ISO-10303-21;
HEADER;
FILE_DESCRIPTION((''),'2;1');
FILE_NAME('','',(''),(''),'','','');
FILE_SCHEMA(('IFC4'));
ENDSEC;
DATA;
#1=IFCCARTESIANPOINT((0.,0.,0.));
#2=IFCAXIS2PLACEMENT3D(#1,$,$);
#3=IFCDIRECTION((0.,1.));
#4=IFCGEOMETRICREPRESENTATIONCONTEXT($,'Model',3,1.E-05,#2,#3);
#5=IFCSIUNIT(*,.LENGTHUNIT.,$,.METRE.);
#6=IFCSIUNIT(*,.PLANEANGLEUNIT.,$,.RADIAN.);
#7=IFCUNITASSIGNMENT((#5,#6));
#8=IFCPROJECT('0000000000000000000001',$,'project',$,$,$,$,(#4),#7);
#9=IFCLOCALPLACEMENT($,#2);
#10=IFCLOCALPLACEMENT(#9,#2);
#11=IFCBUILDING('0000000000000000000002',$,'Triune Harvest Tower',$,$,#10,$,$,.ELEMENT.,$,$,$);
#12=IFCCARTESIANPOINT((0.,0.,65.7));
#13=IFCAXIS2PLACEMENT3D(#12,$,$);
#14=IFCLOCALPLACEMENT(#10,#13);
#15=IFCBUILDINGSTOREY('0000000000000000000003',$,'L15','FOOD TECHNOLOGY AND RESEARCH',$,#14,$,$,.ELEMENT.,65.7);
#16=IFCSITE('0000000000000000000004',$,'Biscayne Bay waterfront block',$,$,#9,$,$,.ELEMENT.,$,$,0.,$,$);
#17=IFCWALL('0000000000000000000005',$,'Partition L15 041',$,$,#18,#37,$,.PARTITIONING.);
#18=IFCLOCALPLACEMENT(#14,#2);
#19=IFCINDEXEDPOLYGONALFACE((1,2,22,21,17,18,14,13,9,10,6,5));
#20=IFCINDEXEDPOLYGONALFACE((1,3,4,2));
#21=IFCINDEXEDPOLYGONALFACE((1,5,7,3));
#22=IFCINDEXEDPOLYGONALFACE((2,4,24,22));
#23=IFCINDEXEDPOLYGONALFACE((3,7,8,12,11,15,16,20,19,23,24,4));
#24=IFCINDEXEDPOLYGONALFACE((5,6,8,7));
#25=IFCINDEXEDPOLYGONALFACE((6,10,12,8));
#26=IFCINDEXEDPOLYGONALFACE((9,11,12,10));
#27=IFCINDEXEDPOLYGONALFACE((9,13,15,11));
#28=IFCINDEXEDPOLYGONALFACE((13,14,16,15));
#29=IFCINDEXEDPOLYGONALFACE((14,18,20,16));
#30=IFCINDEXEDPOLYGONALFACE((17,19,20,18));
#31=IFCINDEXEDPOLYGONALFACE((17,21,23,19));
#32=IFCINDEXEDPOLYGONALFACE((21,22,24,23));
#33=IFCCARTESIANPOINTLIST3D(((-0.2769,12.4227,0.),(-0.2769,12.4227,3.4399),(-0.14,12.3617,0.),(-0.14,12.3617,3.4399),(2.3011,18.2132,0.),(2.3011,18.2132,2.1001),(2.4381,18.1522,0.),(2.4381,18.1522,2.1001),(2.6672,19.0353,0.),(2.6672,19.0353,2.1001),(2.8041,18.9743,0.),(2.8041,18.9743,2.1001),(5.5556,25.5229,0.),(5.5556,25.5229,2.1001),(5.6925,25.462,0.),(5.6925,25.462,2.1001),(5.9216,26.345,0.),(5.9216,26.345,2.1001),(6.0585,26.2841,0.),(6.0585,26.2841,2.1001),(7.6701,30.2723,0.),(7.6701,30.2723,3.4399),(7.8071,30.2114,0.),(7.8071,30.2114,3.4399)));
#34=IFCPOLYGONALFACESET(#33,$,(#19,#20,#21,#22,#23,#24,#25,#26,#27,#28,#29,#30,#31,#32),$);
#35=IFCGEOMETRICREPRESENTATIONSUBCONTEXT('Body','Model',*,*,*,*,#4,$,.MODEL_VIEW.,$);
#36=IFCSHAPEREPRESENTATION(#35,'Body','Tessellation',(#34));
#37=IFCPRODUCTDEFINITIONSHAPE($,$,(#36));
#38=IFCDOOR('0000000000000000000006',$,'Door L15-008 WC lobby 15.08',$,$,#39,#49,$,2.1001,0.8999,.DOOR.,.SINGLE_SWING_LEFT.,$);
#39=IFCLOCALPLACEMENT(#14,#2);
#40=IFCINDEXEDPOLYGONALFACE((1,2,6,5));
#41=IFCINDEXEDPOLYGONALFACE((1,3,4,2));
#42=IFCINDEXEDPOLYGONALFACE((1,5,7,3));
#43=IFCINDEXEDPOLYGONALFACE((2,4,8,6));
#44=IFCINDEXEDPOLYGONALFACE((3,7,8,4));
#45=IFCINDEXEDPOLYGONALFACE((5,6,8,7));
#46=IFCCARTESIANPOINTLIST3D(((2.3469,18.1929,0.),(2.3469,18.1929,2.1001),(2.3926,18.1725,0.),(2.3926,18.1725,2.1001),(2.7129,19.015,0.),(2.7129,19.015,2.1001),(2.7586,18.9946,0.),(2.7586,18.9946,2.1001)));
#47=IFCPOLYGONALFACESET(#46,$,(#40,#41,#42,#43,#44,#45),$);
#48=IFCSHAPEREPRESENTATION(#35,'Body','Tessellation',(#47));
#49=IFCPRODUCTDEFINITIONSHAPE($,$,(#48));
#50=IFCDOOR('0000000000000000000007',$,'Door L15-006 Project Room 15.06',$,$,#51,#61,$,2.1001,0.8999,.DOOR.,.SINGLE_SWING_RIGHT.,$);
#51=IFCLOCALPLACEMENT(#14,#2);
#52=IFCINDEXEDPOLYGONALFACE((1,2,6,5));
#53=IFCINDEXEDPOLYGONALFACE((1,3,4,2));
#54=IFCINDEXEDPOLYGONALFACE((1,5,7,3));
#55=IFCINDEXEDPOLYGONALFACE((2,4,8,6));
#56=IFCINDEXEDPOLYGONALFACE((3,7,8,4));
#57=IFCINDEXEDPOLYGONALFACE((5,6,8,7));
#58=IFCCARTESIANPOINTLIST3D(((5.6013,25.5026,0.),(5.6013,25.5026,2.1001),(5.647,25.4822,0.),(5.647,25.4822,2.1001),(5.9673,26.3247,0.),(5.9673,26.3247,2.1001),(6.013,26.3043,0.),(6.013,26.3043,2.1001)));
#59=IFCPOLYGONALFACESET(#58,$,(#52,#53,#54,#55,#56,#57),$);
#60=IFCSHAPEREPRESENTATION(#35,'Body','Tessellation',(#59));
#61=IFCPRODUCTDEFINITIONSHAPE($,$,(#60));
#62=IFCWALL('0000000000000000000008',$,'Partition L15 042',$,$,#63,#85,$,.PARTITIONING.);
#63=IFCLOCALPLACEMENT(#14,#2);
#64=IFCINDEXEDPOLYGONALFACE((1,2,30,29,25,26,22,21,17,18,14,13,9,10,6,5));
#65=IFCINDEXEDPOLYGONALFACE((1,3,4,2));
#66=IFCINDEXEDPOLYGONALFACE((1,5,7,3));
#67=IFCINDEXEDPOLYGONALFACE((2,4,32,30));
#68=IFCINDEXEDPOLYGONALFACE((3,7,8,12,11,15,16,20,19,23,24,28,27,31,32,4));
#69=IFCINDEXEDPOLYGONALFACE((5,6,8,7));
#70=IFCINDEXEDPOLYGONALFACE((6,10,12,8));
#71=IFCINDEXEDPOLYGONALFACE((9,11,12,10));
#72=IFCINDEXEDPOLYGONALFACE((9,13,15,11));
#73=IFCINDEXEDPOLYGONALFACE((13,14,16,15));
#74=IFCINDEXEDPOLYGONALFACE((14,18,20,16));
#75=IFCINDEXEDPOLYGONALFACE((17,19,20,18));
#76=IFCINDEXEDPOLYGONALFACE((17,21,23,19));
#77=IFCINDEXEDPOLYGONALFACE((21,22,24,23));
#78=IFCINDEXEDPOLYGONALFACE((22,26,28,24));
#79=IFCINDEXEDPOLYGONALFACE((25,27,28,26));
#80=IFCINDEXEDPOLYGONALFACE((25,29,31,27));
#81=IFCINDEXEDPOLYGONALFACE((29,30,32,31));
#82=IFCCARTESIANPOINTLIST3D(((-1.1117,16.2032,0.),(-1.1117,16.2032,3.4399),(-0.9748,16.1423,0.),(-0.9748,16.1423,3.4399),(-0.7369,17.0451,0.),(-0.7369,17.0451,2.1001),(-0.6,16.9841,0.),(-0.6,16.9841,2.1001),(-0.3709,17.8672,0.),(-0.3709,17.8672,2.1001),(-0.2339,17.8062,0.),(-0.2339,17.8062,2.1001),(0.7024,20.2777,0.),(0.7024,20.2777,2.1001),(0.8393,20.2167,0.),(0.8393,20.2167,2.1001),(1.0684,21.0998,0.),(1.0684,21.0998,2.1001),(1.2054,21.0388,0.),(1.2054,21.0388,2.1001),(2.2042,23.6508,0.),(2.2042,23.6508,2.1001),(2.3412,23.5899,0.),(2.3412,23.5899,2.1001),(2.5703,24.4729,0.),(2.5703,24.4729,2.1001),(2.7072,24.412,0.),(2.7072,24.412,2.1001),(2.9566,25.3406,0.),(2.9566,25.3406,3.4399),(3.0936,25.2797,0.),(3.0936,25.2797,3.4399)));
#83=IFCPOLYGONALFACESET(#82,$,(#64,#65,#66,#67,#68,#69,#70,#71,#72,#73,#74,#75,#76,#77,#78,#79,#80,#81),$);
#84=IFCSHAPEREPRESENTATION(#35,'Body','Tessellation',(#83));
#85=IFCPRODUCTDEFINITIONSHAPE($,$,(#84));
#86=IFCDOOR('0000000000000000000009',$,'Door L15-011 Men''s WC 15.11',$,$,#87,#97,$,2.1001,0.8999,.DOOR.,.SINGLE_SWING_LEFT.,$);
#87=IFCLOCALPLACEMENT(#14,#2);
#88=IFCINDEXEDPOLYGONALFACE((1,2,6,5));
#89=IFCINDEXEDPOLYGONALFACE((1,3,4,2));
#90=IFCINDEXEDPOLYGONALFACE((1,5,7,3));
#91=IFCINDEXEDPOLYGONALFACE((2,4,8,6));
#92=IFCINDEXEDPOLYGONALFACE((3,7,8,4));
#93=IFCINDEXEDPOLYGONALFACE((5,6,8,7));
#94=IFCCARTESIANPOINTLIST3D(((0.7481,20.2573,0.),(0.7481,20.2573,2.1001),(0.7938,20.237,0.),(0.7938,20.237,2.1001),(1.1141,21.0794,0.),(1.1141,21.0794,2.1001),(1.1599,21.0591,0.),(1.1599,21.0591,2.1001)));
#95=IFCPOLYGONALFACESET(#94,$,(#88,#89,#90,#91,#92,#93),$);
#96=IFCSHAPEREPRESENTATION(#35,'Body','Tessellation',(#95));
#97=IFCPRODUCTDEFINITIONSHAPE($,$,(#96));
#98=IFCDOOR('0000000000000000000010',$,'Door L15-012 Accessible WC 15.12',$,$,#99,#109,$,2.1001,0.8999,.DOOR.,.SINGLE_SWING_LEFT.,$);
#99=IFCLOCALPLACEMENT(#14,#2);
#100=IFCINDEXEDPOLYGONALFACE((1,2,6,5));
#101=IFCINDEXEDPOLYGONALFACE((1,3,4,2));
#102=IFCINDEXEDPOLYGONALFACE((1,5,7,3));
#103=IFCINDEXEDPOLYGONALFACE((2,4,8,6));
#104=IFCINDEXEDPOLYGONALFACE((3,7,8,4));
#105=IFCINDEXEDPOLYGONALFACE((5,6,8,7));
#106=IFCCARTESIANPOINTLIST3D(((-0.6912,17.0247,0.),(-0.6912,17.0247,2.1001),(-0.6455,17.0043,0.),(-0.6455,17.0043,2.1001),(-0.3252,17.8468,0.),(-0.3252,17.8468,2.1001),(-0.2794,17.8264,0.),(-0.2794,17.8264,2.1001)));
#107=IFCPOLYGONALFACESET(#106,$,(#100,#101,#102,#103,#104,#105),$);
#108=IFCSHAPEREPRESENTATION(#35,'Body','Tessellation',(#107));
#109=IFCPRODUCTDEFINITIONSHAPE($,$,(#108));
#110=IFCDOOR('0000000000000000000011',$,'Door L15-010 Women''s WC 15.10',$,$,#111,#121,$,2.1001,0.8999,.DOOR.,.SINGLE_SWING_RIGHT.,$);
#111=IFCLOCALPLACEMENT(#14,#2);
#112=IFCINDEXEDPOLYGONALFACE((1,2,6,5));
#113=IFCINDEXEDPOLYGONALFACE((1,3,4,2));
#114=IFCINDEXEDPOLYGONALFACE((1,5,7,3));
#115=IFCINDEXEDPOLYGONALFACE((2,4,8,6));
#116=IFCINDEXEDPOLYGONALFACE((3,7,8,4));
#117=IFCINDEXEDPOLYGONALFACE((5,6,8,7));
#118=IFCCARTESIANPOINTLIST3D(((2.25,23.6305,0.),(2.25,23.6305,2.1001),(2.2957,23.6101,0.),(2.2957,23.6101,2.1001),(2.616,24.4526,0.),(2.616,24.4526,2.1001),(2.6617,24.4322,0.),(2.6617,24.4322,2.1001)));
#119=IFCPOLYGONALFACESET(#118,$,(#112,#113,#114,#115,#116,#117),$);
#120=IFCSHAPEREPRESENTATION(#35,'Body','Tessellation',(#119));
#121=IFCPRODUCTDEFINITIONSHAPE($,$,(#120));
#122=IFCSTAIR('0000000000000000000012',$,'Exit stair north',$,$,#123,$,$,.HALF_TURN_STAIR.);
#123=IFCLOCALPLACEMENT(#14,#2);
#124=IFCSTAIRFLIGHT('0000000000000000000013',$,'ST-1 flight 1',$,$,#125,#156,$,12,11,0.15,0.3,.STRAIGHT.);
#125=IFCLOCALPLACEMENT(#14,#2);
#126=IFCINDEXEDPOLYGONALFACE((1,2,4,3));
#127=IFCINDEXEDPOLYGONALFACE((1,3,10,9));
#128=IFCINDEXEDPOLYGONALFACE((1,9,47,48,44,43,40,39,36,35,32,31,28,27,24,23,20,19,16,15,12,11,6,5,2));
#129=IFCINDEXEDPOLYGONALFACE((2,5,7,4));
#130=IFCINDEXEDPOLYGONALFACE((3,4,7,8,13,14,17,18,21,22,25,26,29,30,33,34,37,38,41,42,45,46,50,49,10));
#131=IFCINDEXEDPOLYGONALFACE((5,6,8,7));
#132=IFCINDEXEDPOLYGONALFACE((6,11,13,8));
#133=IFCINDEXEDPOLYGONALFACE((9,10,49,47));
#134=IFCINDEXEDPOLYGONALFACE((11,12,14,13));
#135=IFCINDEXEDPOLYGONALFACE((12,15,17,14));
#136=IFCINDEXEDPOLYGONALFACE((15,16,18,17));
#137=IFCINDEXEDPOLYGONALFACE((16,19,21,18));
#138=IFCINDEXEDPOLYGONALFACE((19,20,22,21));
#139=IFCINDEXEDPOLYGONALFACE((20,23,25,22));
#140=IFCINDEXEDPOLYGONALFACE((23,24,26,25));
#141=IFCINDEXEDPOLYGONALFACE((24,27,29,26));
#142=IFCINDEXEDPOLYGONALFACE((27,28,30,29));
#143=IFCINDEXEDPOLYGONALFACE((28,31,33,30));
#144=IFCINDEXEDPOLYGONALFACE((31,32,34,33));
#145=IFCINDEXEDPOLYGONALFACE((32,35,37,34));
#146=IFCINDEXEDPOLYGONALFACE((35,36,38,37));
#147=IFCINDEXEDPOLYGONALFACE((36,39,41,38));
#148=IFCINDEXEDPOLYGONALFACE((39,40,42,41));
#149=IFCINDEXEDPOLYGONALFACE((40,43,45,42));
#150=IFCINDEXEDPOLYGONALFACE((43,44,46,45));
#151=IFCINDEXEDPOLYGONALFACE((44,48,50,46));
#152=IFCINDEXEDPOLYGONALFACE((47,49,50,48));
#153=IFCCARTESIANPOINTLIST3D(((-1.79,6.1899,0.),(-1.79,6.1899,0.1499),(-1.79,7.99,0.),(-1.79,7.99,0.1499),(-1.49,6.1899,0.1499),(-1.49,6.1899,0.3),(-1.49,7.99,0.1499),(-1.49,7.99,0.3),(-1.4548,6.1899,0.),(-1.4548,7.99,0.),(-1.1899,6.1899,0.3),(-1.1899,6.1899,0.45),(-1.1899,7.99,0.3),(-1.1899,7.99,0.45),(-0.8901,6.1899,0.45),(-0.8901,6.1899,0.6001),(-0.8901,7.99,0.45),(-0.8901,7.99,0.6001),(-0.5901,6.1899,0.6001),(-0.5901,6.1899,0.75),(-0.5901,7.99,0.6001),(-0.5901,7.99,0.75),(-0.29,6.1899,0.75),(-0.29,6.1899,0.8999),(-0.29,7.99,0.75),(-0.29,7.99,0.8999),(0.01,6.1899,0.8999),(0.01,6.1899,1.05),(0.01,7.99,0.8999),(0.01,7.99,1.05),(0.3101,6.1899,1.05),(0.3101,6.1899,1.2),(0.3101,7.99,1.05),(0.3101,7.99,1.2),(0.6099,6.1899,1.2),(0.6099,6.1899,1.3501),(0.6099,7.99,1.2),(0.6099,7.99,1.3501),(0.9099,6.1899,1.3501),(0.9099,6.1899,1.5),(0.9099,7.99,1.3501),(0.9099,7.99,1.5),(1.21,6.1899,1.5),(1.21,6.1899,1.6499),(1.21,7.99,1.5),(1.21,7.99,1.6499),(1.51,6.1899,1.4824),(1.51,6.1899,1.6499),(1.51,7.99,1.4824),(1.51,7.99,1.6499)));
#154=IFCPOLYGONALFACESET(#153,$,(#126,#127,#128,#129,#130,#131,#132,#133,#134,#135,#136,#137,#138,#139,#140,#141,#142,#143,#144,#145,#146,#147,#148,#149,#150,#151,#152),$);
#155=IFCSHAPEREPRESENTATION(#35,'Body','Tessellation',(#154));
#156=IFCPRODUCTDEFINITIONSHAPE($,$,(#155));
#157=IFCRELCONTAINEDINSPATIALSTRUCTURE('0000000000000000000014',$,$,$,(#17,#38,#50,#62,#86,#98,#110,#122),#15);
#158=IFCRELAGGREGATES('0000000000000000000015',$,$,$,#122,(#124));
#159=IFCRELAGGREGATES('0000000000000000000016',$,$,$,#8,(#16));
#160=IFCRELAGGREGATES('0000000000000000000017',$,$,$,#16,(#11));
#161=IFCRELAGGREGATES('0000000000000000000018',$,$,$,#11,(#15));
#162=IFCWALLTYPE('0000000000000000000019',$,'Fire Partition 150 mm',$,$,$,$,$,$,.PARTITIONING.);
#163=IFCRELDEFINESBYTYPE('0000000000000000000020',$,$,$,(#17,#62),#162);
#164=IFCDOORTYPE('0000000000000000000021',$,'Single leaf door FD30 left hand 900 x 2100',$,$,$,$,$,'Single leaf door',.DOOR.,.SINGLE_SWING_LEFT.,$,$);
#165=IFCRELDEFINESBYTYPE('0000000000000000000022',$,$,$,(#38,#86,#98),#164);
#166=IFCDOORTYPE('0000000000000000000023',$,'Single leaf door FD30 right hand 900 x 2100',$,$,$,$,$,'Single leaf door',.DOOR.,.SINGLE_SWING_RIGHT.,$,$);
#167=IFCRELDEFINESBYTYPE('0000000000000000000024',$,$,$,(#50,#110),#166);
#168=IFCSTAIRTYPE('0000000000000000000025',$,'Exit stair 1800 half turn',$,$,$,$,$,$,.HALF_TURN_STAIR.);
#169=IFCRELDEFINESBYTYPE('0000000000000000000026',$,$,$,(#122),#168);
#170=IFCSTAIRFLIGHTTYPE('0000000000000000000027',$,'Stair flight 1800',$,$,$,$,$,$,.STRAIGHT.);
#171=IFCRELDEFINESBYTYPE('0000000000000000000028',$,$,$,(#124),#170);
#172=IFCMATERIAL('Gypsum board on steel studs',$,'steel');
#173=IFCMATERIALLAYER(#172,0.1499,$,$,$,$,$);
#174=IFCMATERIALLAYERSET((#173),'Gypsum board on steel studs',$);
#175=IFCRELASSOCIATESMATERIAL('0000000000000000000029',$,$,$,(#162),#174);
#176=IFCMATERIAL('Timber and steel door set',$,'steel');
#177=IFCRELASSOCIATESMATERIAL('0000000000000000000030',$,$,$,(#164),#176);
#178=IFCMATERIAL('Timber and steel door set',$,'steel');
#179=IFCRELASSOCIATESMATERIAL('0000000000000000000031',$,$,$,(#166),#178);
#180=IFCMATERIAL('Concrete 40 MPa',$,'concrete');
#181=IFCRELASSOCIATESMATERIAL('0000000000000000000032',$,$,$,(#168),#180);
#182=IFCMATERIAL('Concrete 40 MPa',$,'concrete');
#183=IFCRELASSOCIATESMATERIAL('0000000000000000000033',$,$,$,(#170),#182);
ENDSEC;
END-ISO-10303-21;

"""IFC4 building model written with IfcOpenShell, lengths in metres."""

from ifc_helpers import new_model, si_unit, direction, frame, frame_2d, origin, place, context, subcontext, project, spatial, polyline, rectangle, outline, extrude, source, transform, mapped, material, layer, layer_set, type_object, element, fill, aggregate, save


model = new_model("IFC4")

# Units and contexts
model_context = context("Model", 3, precision=1e-05, world=origin(), true_north=direction((0.0, 1.0)))
body_context = subcontext(model_context, "Body", "Model", "MODEL_VIEW")
ifc_project = project(units=[si_unit("LENGTHUNIT", "METRE"), si_unit("PLANEANGLEUNIT", "RADIAN")], contexts=[model_context])

# Site, building, storey
site_placement = place(None, origin())
site = spatial("IfcSite", under=ifc_project, at=site_placement, Name="Biscayne Bay waterfront block", CompositionType="ELEMENT", RefElevation=0.0)
building_placement = place(site_placement, origin())
building = spatial("IfcBuilding", under=site, at=building_placement, Name="Triune Harvest Tower", CompositionType="ELEMENT")
storey_placement = place(building_placement, frame((0.0, 0.0, 65.7)))
storey = spatial("IfcBuildingStorey", under=building, at=storey_placement, Name="L15", Description="FOOD TECHNOLOGY AND RESEARCH", CompositionType="ELEMENT", Elevation=65.7)

# Shared definitions
ifc_material_1 = material(Name="Gypsum board on steel studs", Category="steel")
ifc_layer_1 = layer(ifc_material_1, 0.1499)
ifc_layer_set_1 = layer_set([ifc_layer_1], Name="Gypsum board on steel studs")
wall_type_1 = type_object("IfcWallType", Name="Fire Partition 150 mm", PredefinedType="PARTITIONING", material=ifc_layer_set_1)

# Walls, openings, doors
shared_shape_1 = source(origin(), body_context, "Body", "SweptSolid", [
    extrude(rectangle(XDim=19.5388, YDim=0.1499, at=frame_2d((9.7695, 0.0))), origin(), (0.0, 0.0, 1.0), 3.4399),
])
wall_1_placement = place(storey_placement, frame((-0.2085, 12.3921, 0.0), z_axis=(0.0, 0.0, 1.0), x_axis=(0.406731, 0.913548, 0.0)))
wall_1 = element("IfcWall", 1, at=wall_1_placement, inside=storey, type_object=wall_type_1, Name="Partition L15 041", PredefinedType="PARTITIONING", context=body_context, shape_type="MappedRepresentation", body=[
    mapped(shared_shape_1, transform((0.0, 0.0, 0.0), scale=1.0)),
])
opening_1_placement = place(wall_1_placement, frame((14.3401, 0.0, 0.0)))
opening_1 = element("IfcOpeningElement", 2, at=opening_1_placement, cuts=wall_1, PredefinedType="OPENING", context=body_context, shape_type="SweptSolid", body=[
    extrude(rectangle(XDim=0.8999, YDim=2.1001, at=frame_2d((0.45, 1.05))), frame((0.0, 0.085, 0.0), z_axis=(0.0, -1.0, 0.0), x_axis=(1.0, 0.0, 0.0)), (0.0, 0.0, 1.0), 0.1699),
])
opening_2_placement = place(wall_1_placement, frame((6.3386, 0.0, 0.0)))
opening_2 = element("IfcOpeningElement", 3, at=opening_2_placement, cuts=wall_1, PredefinedType="OPENING", context=body_context, shape_type="SweptSolid", body=[
    extrude(rectangle(XDim=0.8999, YDim=2.1001, at=frame_2d((0.45, 1.05))), frame((0.0, 0.085, 0.0), z_axis=(0.0, -1.0, 0.0), x_axis=(1.0, 0.0, 0.0)), (0.0, 0.0, 1.0), 0.1699),
])
ifc_material_2 = material(Name="Timber and steel door set", Category="steel")
door_type_1 = type_object("IfcDoorType", Name="Single leaf door FD30 left hand 900 x 2100", ElementType="Single leaf door", OperationType="SINGLE_SWING_LEFT", PredefinedType="DOOR", material=ifc_material_2)
door_1_placement = place(opening_2_placement, origin())
door_1 = element("IfcDoor", 4, at=door_1_placement, inside=storey, type_object=door_type_1, Name="Door L15-008 WC lobby 15.08", OperationType="SINGLE_SWING_LEFT", OverallHeight=2.1001, OverallWidth=0.8999, PredefinedType="DOOR", context=body_context, shape_type="SweptSolid", body=[
    extrude(rectangle(XDim=0.8999, YDim=2.1001, at=frame_2d((0.45, 1.05))), frame((0.0, 0.0249, 0.0), z_axis=(0.0, -1.0, 0.0), x_axis=(1.0, 0.0, 0.0)), (0.0, 0.0, 1.0), 0.05),
])
fill(opening_2, door_1)
ifc_material_3 = material(Name="Timber and steel door set", Category="steel")
door_type_2 = type_object("IfcDoorType", Name="Single leaf door FD30 right hand 900 x 2100", ElementType="Single leaf door", OperationType="SINGLE_SWING_RIGHT", PredefinedType="DOOR", material=ifc_material_3)
door_2_placement = place(opening_1_placement, origin())
door_2 = element("IfcDoor", 5, at=door_2_placement, inside=storey, type_object=door_type_2, Name="Door L15-006 Project Room 15.06", OperationType="SINGLE_SWING_RIGHT", OverallHeight=2.1001, OverallWidth=0.8999, PredefinedType="DOOR", context=body_context, shape_type="SweptSolid", body=[
    extrude(rectangle(XDim=0.8999, YDim=2.1001, at=frame_2d((0.45, 1.05))), frame((0.0, 0.0249, 0.0), z_axis=(0.0, -1.0, 0.0), x_axis=(1.0, 0.0, 0.0)), (0.0, 0.0, 1.0), 0.05),
])
fill(opening_1, door_2)
shared_shape_2 = source(origin(), body_context, "Body", "SweptSolid", [
    extrude(rectangle(XDim=10.0022, YDim=0.1499, at=frame_2d((5.001, 0.0))), origin(), (0.0, 0.0, 1.0), 3.4399),
])
wall_2_placement = place(storey_placement, frame((-1.0432, 16.1729, 0.0), z_axis=(0.0, 0.0, 1.0), x_axis=(0.406745, 0.913542, 0.0)))
wall_2 = element("IfcWall", 6, at=wall_2_placement, inside=storey, type_object=wall_type_1, Name="Partition L15 042", PredefinedType="PARTITIONING", context=body_context, shape_type="MappedRepresentation", body=[
    mapped(shared_shape_2, transform((0.0, 0.0, 0.0), scale=1.0)),
])
opening_3_placement = place(wall_2_placement, frame((8.1523, 0.0, 0.0)))
opening_3 = element("IfcOpeningElement", 7, at=opening_3_placement, cuts=wall_2, PredefinedType="OPENING", context=body_context, shape_type="SweptSolid", body=[
    extrude(rectangle(XDim=0.8999, YDim=2.1001, at=frame_2d((0.45, 1.05))), frame((0.0, 0.085, 0.0), z_axis=(0.0, -1.0, 0.0), x_axis=(1.0, 0.0, 0.0)), (0.0, 0.0, 1.0), 0.1699),
])
opening_4_placement = place(wall_2_placement, frame((4.46, 0.0, 0.0)))
opening_4 = element("IfcOpeningElement", 8, at=opening_4_placement, cuts=wall_2, PredefinedType="OPENING", context=body_context, shape_type="SweptSolid", body=[
    extrude(rectangle(XDim=0.8999, YDim=2.1001, at=frame_2d((0.45, 1.05))), frame((0.0, 0.085, 0.0), z_axis=(0.0, -1.0, 0.0), x_axis=(1.0, 0.0, 0.0)), (0.0, 0.0, 1.0), 0.1699),
])
opening_5_placement = place(wall_2_placement, frame((0.9214, 0.0, 0.0)))
opening_5 = element("IfcOpeningElement", 9, at=opening_5_placement, cuts=wall_2, PredefinedType="OPENING", context=body_context, shape_type="SweptSolid", body=[
    extrude(rectangle(XDim=0.8999, YDim=2.1001, at=frame_2d((0.45, 1.05))), frame((0.0, 0.085, 0.0), z_axis=(0.0, -1.0, 0.0), x_axis=(1.0, 0.0, 0.0)), (0.0, 0.0, 1.0), 0.1699),
])
door_3_placement = place(opening_4_placement, origin())
door_3 = element("IfcDoor", 10, at=door_3_placement, inside=storey, type_object=door_type_1, Name="Door L15-011 Men's WC 15.11", OperationType="SINGLE_SWING_LEFT", OverallHeight=2.1001, OverallWidth=0.8999, PredefinedType="DOOR", context=body_context, shape_type="SweptSolid", body=[
    extrude(rectangle(XDim=0.8999, YDim=2.1001, at=frame_2d((0.45, 1.05))), frame((0.0, 0.0249, 0.0), z_axis=(0.0, -1.0, 0.0), x_axis=(1.0, 0.0, 0.0)), (0.0, 0.0, 1.0), 0.05),
])
fill(opening_4, door_3)
door_4_placement = place(opening_5_placement, origin())
door_4 = element("IfcDoor", 11, at=door_4_placement, inside=storey, type_object=door_type_1, Name="Door L15-012 Accessible WC 15.12", OperationType="SINGLE_SWING_LEFT", OverallHeight=2.1001, OverallWidth=0.8999, PredefinedType="DOOR", context=body_context, shape_type="SweptSolid", body=[
    extrude(rectangle(XDim=0.8999, YDim=2.1001, at=frame_2d((0.45, 1.05))), frame((0.0, 0.0249, 0.0), z_axis=(0.0, -1.0, 0.0), x_axis=(1.0, 0.0, 0.0)), (0.0, 0.0, 1.0), 0.05),
])
fill(opening_5, door_4)
door_5_placement = place(opening_3_placement, origin())
door_5 = element("IfcDoor", 12, at=door_5_placement, inside=storey, type_object=door_type_2, Name="Door L15-010 Women's WC 15.10", OperationType="SINGLE_SWING_RIGHT", OverallHeight=2.1001, OverallWidth=0.8999, PredefinedType="DOOR", context=body_context, shape_type="SweptSolid", body=[
    extrude(rectangle(XDim=0.8999, YDim=2.1001, at=frame_2d((0.45, 1.05))), frame((0.0, 0.0249, 0.0), z_axis=(0.0, -1.0, 0.0), x_axis=(1.0, 0.0, 0.0)), (0.0, 0.0, 1.0), 0.05),
])
fill(opening_3, door_5)

# Stair, stair flight
ifc_material_4 = material(Name="Concrete 40 MPa", Category="concrete")
stair_type = type_object("IfcStairType", Name="Exit stair 1800 half turn", PredefinedType="HALF_TURN_STAIR", material=ifc_material_4)
stair_placement = place(storey_placement, origin())
stair = element("IfcStair", 13, at=stair_placement, inside=storey, type_object=stair_type, Name="Exit stair north", PredefinedType="HALF_TURN_STAIR")
ifc_material_5 = material(Name="Concrete 40 MPa", Category="concrete")
stair_flight_type = type_object("IfcStairFlightType", Name="Stair flight 1800", PredefinedType="STRAIGHT", material=ifc_material_5)
shared_shape_3 = source(origin(), body_context, "Body", "SweptSolid", [
    extrude(outline(polyline([(0.0, 0.0), (0.0, 0.1499), (0.3, 0.1499), (0.3, 0.3), (0.6001, 0.3), (0.6001, 0.45), (0.8999, 0.45), (0.8999, 0.6001), (1.2, 0.6001), (1.2, 0.75), (1.5, 0.75), (1.5, 0.8999), (1.8, 0.8999), (1.8, 1.05), (2.1001, 1.05), (2.1001, 1.2), (2.3999, 1.2), (2.3999, 1.3501), (2.7, 1.3501), (2.7, 1.5), (3.0, 1.5), (3.0, 1.6499), (3.3, 1.6499), (3.3, 1.8), (3.3, 1.4824), (0.3352, 0.0), (0.0, 0.0)])), frame((0.0, 0.8999, 0.0), z_axis=(0.0, -1.0, 0.0), x_axis=(1.0, 0.0, 0.0)), (0.0, 0.0, 1.0), 1.8),
])
stair_flight_placement = place(storey_placement, frame((-1.79, 7.0901, 0.0), z_axis=(0.0, 0.0, 1.0), x_axis=(1.0, 0.0, 0.0)))
stair_flight = element("IfcStairFlight", 14, at=stair_flight_placement, type_object=stair_flight_type, Name="ST-1 flight 1", NumberOfRisers=12, NumberOfTreads=11, PredefinedType="STRAIGHT", RiserHeight=0.15, TreadLength=0.3, context=body_context, shape_type="MappedRepresentation", body=[
    mapped(shared_shape_3, transform((0.0, 0.0, 0.0), scale=1.0)),
])
aggregate(stair, [stair_flight])

save(model, "model.ifc")
